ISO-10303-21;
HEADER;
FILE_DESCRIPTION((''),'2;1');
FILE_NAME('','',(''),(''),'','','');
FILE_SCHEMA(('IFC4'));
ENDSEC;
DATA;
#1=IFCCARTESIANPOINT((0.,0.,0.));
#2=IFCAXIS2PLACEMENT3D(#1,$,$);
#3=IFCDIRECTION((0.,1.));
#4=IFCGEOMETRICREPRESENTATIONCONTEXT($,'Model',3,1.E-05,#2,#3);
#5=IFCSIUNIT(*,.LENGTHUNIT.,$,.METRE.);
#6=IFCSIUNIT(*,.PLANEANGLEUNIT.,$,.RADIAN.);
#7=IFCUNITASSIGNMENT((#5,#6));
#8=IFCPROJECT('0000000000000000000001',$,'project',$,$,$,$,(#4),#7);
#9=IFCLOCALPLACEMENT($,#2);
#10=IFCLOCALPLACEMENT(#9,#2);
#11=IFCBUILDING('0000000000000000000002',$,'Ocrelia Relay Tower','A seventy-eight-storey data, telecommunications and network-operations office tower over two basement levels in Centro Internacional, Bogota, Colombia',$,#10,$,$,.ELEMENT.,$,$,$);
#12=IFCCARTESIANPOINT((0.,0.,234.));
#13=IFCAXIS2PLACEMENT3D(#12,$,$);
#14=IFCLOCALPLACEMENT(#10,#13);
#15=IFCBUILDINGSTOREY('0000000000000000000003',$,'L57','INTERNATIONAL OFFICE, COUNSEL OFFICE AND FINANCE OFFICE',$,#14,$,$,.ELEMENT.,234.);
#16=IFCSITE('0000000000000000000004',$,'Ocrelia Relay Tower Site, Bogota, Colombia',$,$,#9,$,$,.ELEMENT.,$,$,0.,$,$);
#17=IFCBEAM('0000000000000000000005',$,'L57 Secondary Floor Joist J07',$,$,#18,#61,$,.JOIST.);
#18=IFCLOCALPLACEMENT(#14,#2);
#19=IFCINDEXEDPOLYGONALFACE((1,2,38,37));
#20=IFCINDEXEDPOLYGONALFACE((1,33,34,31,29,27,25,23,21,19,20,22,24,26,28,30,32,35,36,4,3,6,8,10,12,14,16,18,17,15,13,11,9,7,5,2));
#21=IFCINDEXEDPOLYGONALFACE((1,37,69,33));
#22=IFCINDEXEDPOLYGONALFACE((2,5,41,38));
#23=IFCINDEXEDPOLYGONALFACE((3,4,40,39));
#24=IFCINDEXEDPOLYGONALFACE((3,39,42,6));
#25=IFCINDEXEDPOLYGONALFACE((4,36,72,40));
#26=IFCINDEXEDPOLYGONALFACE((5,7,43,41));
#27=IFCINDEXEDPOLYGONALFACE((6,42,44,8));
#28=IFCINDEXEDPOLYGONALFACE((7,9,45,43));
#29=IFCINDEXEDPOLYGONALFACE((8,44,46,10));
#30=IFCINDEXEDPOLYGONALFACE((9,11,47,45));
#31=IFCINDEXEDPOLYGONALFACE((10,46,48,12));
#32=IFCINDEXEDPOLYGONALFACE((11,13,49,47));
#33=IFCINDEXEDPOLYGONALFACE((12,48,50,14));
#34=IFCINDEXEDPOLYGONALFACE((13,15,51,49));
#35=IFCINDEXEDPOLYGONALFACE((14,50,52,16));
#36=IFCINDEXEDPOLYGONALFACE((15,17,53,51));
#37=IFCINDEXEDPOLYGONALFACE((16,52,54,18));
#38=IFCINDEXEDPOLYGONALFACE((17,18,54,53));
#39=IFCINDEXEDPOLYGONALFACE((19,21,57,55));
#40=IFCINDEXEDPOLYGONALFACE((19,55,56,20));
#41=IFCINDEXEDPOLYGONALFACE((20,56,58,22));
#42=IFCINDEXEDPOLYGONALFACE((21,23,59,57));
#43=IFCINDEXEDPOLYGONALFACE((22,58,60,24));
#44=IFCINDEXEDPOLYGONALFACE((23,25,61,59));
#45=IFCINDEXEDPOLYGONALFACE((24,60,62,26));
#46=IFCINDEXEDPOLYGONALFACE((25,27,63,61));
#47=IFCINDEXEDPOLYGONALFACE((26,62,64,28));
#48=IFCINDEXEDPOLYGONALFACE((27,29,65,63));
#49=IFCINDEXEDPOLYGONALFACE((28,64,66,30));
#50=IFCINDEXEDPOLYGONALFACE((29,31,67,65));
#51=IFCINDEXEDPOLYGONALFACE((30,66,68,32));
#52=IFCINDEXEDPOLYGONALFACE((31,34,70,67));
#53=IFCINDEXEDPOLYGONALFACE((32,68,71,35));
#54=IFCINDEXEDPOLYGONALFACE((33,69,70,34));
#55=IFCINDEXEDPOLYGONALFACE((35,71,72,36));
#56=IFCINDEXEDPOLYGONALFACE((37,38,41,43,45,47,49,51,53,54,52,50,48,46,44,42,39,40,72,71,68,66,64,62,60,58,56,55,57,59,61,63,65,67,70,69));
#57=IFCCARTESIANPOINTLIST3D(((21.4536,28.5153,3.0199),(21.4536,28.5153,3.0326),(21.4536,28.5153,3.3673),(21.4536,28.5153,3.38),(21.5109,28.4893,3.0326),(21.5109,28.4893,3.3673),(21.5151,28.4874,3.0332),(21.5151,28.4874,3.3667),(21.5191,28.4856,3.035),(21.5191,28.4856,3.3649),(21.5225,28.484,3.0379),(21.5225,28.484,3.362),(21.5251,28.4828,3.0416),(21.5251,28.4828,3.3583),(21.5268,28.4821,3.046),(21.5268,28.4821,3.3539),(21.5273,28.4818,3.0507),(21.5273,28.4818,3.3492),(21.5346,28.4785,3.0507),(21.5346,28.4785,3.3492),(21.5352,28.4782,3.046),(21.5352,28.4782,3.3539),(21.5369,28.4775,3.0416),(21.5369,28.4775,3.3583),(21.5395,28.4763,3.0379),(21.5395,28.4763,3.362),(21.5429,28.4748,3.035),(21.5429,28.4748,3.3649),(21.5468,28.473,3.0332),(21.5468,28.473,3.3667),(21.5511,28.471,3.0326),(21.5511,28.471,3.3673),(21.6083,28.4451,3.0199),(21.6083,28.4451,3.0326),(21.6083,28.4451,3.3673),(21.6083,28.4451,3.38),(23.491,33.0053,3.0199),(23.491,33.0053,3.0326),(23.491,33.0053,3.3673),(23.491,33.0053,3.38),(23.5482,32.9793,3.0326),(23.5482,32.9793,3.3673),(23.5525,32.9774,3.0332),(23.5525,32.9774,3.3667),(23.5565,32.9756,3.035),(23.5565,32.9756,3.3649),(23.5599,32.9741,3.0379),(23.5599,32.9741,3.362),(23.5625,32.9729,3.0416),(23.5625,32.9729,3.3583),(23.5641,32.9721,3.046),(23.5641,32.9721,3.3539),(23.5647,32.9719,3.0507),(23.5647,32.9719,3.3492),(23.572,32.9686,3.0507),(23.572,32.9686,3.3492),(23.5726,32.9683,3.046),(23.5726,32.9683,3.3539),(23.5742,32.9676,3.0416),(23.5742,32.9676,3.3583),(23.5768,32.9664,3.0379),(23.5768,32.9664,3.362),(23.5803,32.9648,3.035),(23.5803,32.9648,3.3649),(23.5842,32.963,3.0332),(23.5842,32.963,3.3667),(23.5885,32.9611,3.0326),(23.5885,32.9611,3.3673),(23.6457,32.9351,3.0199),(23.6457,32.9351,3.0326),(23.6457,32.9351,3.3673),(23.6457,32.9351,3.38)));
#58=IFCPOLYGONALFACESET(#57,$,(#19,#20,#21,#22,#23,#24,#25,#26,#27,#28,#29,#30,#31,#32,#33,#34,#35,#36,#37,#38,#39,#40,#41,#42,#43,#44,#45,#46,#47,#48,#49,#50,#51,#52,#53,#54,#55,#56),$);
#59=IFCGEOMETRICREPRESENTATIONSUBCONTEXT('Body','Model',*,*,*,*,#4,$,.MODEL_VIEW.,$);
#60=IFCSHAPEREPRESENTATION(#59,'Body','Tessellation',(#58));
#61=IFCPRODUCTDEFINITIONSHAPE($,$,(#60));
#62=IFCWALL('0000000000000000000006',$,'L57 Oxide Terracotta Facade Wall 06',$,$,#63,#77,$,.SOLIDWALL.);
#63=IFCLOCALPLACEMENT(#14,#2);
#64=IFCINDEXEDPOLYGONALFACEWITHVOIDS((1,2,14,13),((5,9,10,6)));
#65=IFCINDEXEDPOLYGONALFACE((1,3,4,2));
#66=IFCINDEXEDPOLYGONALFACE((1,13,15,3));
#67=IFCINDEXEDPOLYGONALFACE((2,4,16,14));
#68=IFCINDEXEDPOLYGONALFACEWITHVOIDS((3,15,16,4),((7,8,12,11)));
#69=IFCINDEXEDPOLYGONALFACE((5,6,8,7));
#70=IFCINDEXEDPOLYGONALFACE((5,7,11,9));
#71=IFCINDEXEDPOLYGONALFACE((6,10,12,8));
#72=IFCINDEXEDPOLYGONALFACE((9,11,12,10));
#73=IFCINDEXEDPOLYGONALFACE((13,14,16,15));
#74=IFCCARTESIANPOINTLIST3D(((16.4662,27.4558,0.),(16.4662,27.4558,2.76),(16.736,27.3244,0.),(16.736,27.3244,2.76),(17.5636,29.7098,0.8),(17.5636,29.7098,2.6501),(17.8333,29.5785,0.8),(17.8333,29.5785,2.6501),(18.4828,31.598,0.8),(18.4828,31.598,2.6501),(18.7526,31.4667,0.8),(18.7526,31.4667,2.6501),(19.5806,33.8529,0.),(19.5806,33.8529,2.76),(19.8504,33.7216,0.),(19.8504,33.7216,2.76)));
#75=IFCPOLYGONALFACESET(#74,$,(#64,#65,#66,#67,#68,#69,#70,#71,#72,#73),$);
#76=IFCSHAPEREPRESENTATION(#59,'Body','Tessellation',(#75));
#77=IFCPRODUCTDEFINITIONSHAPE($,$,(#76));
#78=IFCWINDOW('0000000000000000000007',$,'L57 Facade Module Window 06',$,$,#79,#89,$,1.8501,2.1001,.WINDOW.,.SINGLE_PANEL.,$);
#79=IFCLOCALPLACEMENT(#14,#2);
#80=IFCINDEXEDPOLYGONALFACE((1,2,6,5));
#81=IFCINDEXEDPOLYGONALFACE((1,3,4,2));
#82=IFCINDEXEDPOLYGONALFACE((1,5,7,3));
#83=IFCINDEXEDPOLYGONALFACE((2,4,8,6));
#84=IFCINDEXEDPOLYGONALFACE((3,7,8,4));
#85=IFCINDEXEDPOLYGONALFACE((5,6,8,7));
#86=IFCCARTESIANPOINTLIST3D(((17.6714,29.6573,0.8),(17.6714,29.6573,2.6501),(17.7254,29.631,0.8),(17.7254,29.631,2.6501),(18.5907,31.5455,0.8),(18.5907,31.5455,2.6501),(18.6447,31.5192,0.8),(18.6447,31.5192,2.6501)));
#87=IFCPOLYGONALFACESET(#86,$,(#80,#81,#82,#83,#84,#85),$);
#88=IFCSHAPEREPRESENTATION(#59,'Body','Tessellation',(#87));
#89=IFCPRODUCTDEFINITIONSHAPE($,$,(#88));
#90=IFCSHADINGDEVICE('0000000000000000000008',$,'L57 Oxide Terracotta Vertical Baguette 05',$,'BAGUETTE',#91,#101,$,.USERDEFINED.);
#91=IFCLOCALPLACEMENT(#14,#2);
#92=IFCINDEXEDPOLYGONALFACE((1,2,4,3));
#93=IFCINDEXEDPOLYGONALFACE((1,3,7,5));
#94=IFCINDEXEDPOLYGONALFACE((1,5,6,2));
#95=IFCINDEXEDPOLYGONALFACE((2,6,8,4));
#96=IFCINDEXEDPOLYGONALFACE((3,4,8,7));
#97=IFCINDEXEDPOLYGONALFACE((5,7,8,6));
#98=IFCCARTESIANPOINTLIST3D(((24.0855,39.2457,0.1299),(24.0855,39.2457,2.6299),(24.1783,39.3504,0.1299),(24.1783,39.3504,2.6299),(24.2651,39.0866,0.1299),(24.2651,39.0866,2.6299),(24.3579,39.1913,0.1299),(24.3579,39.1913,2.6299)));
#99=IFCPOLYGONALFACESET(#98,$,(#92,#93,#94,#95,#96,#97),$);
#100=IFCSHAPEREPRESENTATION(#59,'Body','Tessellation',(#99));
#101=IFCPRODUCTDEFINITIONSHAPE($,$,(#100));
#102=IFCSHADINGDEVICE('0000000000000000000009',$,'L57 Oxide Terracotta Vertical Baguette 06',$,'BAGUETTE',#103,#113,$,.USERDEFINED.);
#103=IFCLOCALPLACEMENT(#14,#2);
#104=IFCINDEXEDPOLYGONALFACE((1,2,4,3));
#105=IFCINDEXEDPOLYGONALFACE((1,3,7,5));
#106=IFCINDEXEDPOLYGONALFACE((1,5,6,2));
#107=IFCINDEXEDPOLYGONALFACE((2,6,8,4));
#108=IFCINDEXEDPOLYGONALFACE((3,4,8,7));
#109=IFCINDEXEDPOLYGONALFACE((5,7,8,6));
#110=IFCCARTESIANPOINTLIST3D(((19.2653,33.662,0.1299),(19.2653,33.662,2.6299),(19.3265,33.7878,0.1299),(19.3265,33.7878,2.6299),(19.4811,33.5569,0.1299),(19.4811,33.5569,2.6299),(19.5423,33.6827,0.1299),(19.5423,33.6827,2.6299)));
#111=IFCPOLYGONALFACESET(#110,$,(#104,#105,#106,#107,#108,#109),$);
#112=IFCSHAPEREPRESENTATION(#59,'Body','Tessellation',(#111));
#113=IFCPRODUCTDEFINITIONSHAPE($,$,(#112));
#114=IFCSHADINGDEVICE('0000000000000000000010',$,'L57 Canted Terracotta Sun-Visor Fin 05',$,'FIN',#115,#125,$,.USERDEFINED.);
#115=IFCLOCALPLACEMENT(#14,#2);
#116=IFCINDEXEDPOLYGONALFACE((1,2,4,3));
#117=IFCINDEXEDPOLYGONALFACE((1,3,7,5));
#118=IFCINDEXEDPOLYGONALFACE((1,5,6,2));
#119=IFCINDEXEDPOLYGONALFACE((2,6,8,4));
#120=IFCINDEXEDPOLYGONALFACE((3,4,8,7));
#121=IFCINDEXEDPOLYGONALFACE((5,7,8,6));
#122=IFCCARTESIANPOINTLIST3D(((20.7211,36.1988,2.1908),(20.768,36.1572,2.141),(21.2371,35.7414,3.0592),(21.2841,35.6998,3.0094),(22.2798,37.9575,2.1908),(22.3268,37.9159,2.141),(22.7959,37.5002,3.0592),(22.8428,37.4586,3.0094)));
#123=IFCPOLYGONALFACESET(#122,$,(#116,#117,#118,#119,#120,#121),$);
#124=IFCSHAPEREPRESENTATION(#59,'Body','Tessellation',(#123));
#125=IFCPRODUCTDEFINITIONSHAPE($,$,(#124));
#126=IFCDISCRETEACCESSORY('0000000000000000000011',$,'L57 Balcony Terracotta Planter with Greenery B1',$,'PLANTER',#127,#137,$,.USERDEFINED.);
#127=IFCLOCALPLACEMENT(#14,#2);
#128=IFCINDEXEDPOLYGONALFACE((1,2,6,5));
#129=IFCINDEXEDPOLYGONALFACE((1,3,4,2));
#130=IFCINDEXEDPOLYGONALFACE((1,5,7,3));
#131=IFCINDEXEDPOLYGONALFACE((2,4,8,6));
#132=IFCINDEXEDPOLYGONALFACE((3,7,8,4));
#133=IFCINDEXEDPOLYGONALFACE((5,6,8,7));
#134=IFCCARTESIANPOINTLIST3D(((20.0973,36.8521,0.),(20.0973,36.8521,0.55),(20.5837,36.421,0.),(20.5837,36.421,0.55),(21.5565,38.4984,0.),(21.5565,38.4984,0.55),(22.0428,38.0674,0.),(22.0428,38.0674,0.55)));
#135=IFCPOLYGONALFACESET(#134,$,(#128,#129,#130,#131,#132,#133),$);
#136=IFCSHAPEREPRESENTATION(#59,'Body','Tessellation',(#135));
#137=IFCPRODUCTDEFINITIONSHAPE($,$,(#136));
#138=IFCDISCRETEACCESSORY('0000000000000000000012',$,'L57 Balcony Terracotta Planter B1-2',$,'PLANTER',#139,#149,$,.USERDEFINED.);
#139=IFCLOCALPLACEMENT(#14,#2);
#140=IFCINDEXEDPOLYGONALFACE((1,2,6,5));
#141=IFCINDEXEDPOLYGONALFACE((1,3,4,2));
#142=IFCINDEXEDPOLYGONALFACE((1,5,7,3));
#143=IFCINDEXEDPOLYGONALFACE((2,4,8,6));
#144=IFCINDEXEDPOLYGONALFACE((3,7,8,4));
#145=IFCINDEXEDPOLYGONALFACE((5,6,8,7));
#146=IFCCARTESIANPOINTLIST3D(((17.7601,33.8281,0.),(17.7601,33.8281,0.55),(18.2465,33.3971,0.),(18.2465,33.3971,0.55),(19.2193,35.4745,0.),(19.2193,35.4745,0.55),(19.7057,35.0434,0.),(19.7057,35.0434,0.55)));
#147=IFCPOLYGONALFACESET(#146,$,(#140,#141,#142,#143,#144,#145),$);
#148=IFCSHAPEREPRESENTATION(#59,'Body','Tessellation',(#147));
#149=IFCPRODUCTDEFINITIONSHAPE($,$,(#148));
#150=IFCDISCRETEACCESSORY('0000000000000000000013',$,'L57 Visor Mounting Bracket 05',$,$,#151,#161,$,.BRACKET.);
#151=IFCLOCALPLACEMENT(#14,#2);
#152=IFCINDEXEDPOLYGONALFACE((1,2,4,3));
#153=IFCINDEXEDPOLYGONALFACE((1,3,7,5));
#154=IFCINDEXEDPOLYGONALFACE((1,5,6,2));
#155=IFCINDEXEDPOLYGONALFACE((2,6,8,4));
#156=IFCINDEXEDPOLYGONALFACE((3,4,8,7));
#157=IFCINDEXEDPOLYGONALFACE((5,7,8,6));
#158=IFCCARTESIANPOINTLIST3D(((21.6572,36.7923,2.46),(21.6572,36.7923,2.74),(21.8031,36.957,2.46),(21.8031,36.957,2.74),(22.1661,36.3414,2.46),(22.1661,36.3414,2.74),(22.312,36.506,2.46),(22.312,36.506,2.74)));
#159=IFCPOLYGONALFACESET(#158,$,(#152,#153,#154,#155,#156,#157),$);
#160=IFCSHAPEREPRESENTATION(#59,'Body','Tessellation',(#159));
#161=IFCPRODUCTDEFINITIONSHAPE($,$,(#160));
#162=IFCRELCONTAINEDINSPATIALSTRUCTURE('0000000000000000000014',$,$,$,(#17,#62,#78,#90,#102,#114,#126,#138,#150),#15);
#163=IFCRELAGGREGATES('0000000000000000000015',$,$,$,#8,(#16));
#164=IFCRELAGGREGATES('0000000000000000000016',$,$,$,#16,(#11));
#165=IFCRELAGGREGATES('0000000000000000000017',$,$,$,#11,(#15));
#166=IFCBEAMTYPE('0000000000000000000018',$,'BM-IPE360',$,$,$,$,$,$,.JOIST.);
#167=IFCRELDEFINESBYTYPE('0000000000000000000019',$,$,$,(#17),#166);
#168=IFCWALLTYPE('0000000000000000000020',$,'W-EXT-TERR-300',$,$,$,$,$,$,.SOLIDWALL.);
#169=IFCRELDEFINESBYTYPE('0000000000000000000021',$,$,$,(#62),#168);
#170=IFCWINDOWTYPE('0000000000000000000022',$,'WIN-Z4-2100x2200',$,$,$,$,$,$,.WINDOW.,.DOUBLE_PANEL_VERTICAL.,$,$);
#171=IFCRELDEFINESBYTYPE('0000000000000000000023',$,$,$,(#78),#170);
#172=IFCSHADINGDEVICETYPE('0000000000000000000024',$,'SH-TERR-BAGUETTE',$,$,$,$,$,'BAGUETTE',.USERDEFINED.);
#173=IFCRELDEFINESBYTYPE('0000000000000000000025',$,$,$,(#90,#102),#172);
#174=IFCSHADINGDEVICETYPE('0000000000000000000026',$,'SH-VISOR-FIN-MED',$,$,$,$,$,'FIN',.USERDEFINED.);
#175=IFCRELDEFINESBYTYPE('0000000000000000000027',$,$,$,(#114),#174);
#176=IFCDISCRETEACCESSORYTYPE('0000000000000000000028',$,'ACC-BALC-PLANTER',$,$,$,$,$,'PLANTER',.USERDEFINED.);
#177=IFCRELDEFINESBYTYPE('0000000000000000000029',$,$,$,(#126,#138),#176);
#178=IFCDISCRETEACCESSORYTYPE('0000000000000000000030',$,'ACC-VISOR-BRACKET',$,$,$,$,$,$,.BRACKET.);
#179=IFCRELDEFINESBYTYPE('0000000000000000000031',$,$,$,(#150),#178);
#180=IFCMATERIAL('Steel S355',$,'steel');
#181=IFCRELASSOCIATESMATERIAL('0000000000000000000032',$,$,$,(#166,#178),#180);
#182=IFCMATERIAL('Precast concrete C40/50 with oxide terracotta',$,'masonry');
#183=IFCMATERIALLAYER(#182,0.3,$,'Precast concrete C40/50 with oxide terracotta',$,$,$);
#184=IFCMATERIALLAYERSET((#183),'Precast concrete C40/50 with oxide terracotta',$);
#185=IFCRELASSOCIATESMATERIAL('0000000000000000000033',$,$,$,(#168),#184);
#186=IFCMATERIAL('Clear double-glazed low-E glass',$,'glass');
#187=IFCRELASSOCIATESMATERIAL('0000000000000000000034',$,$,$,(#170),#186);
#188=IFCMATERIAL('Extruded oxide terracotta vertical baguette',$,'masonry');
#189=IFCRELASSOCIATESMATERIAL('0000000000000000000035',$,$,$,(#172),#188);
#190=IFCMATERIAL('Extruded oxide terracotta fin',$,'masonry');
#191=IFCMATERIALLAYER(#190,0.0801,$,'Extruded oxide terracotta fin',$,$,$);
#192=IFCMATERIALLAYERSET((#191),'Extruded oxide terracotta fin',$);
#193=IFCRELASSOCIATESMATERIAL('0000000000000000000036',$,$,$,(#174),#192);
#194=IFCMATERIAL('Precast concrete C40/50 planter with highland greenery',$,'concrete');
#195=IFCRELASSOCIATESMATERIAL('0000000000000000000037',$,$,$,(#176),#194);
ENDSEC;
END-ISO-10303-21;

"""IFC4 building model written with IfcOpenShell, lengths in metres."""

from ifc_helpers import new_model, si_unit, direction, frame, frame_2d, origin, origin_2d, place, context, subcontext, project, spatial, rectangle, i_section, extrude, material, layer, layer_set, material_profile, profile_set, type_object, element, fill, save


model = new_model("IFC4")

# Units and contexts
model_context = context("Model", 3, precision=1e-05, world=origin(), true_north=direction((0.0, 1.0)))
body_context = subcontext(model_context, "Body", "Model", "MODEL_VIEW")
ifc_project = project(units=[si_unit("LENGTHUNIT", "METRE"), si_unit("PLANEANGLEUNIT", "RADIAN")], contexts=[model_context])

# Site, building, storey
site_placement = place(None, origin())
site = spatial("IfcSite", under=ifc_project, at=site_placement, Name="Ocrelia Relay Tower Site, Bogota, Colombia", CompositionType="ELEMENT", RefElevation=0.0)
building_placement = place(site_placement, origin())
building = spatial("IfcBuilding", under=site, at=building_placement, Name="Ocrelia Relay Tower", Description="A seventy-eight-storey data, telecommunications and network-operations office tower over two basement levels in Centro Internacional, Bogota, Colombia", CompositionType="ELEMENT")
storey_placement = place(building_placement, frame((0.0, 0.0, 234.0)))
storey = spatial("IfcBuildingStorey", under=building, at=storey_placement, Name="L57", Description="INTERNATIONAL OFFICE, COUNSEL OFFICE AND FINANCE OFFICE", CompositionType="ELEMENT", Elevation=234.0)

# Beam
ifc_material_1 = material(Name="Steel S355", Category="steel")
ifc_material_profile_1 = material_profile(ifc_material_1, i_section(OverallWidth=0.1699, OverallDepth=0.3601, WebThickness=0.0081, FlangeThickness=0.0127, FilletRadius=0.0181, at=origin_2d()), Name="IPE 360")
ifc_profile_set_1 = profile_set([ifc_material_profile_1], Name="Steel S355")
beam_type_1 = type_object("IfcBeamType", Name="BM-IPE360", PredefinedType="JOIST", material=ifc_profile_set_1)
beam_1_placement = place(storey_placement, frame((23.5684, 32.9702, 3.2), z_axis=(-0.413206, -0.910638, 0.0), x_axis=(0.910638, -0.413206, 0.0)))
element("IfcBeam", 1, at=beam_1_placement, inside=storey, type_object=beam_type_1, Name="L57 Secondary Floor Joist J07", PredefinedType="JOIST", context=body_context, shape_type="SweptSolid", body=[
    extrude(i_section(OverallWidth=0.1699, OverallDepth=0.3601, WebThickness=0.0081, FlangeThickness=0.0127, FilletRadius=0.0181, at=origin_2d()), origin(), (0.0, 0.0, 1.0), 4.9307),
])

# Shared definitions
ifc_material_2 = material(Name="Precast concrete C40/50 with oxide terracotta", Category="masonry")
ifc_layer_1 = layer(ifc_material_2, 0.3, Name="Precast concrete C40/50 with oxide terracotta")
ifc_layer_set_1 = layer_set([ifc_layer_1], Name="Precast concrete C40/50 with oxide terracotta")
wall_type = type_object("IfcWallType", Name="W-EXT-TERR-300", PredefinedType="SOLIDWALL", material=ifc_layer_set_1)

# Wall, opening, window
wall_1_placement = place(storey_placement, frame((19.7156, 33.7874, 0.0), z_axis=(0.0, 0.0, 1.0), x_axis=(-0.437732, -0.899106, 0.0)))
wall_1 = element("IfcWall", 2, at=wall_1_placement, inside=storey, type_object=wall_type, Name="L57 Oxide Terracotta Facade Wall 06", PredefinedType="SOLIDWALL", context=body_context, shape_type="SweptSolid", body=[
    extrude(rectangle(XDim=7.115, YDim=0.3, at=frame_2d((3.5576, 0.0))), origin(), (0.0, 0.0, 1.0), 2.76),
])
opening_1_placement = place(wall_1_placement, frame((2.5081, 0.0, 0.8)))
opening_1 = element("IfcOpeningElement", 3, at=opening_1_placement, cuts=wall_1, PredefinedType="OPENING", context=body_context, shape_type="SweptSolid", body=[
    extrude(rectangle(XDim=2.1001, YDim=1.8501, at=frame_2d((1.05, 0.925))), frame((0.0, 0.1602, 0.0), z_axis=(0.0, -1.0, 0.0), x_axis=(1.0, 0.0, 0.0)), (0.0, 0.0, 1.0), 0.3201),
])
ifc_material_3 = material(Name="Clear double-glazed low-E glass", Category="glass")
window_type = type_object("IfcWindowType", Name="WIN-Z4-2100x2200", PartitioningType="DOUBLE_PANEL_VERTICAL", PredefinedType="WINDOW", material=ifc_material_3)
window_placement = place(opening_1_placement, origin())
window = element("IfcWindow", 4, at=window_placement, inside=storey, type_object=window_type, Name="L57 Facade Module Window 06", OverallHeight=1.8501, OverallWidth=2.1001, PartitioningType="SINGLE_PANEL", PredefinedType="WINDOW", context=body_context, shape_type="SweptSolid", body=[
    extrude(rectangle(XDim=2.1001, YDim=1.8501, at=frame_2d((1.05, 0.925))), frame((0.0, 0.03, 0.0), z_axis=(0.0, -1.0, 0.0), x_axis=(1.0, 0.0, 0.0)), (0.0, 0.0, 1.0), 0.0601),
])
fill(opening_1, window)

# Shading devices
ifc_material_4 = material(Name="Extruded oxide terracotta vertical baguette", Category="masonry")
shading_device_type_1 = type_object("IfcShadingDeviceType", Name="SH-TERR-BAGUETTE", ElementType="BAGUETTE", PredefinedType="USERDEFINED", material=ifc_material_4)
for number, where, z_axis, x_axis, name in (
    (5, (24.2217, 39.2185, 0.1299), (0.0, 0.0, 1.0), (-0.663272, -0.748378, 0.0), "L57 Oxide Terracotta Vertical Baguette 05"),
    (6, (19.4038, 33.6724, 0.1299), (0.0, 0.0, 1.0), (-0.437727, -0.899108, 0.0), "L57 Oxide Terracotta Vertical Baguette 06"),
):
    element("IfcShadingDevice", number, at=place(storey_placement, frame(where, z_axis=z_axis, x_axis=x_axis)), inside=storey, type_object=shading_device_type_1, Name=name, ObjectType="BAGUETTE", PredefinedType="USERDEFINED", context=body_context, shape_type="SweptSolid", body=[
        extrude(rectangle(XDim=0.1399, YDim=0.24, at=origin_2d()), origin(), (0.0, 0.0, 1.0), 2.5),
    ])
ifc_material_5 = material(Name="Extruded oxide terracotta fin", Category="masonry")
ifc_layer_2 = layer(ifc_material_5, 0.0801, Name="Extruded oxide terracotta fin")
ifc_layer_set_2 = layer_set([ifc_layer_2], Name="Extruded oxide terracotta fin")
shading_device_type_2 = type_object("IfcShadingDeviceType", Name="SH-VISOR-FIN-MED", ElementType="FIN", PredefinedType="USERDEFINED", material=ifc_layer_set_2)
shading_device_placement = place(storey_placement, frame((21.8054, 36.8079, 2.5752), z_axis=(-0.586093, 0.519442, 0.621831), x_axis=(-0.663272, -0.748378, 0.0)))
element("IfcShadingDevice", 7, at=shading_device_placement, inside=storey, type_object=shading_device_type_2, Name="L57 Canted Terracotta Sun-Visor Fin 05", ObjectType="FIN", PredefinedType="USERDEFINED", context=body_context, shape_type="SweptSolid", body=[
    extrude(rectangle(XDim=2.3501, YDim=1.1089, at=origin_2d()), origin(), (0.0, 0.0, 1.0), 0.0801),
])

# Discrete accessories
ifc_material_6 = material(Name="Precast concrete C40/50 planter with highland greenery", Category="concrete")
discrete_accessory_type_1 = type_object("IfcDiscreteAccessoryType", Name="ACC-BALC-PLANTER", ElementType="PLANTER", PredefinedType="USERDEFINED", material=ifc_material_6)
for number, where, z_axis, x_axis, name in (
    (8, (21.0701, 37.4597, 0.0), (0.0, 0.0, 1.0), (0.663283, 0.748369, 0.0), "L57 Balcony Terracotta Planter with Greenery B1"),
    (9, (18.7329, 34.4358, 0.0), (0.0, 0.0, 1.0), (0.663283, 0.748369, 0.0), "L57 Balcony Terracotta Planter B1-2"),
):
    element("IfcDiscreteAccessory", number, at=place(storey_placement, frame(where, z_axis=z_axis, x_axis=x_axis)), inside=storey, type_object=discrete_accessory_type_1, Name=name, ObjectType="PLANTER", PredefinedType="USERDEFINED", context=body_context, shape_type="SweptSolid", body=[
        extrude(rectangle(XDim=2.2, YDim=0.6499, at=origin_2d()), origin(), (0.0, 0.0, 1.0), 0.55),
    ])
discrete_accessory_type_2 = type_object("IfcDiscreteAccessoryType", Name="ACC-VISOR-BRACKET", PredefinedType="BRACKET", material=ifc_material_1)
discrete_accessory_placement = place(storey_placement, frame((21.9846, 36.6492, 2.46), z_axis=(0.0, 0.0, 1.0), x_axis=(-0.663272, -0.748378, 0.0)))
element("IfcDiscreteAccessory", 10, at=discrete_accessory_placement, inside=storey, type_object=discrete_accessory_type_2, Name="L57 Visor Mounting Bracket 05", PredefinedType="BRACKET", context=body_context, shape_type="SweptSolid", body=[
    extrude(rectangle(XDim=0.22, YDim=0.6799, at=origin_2d()), origin(), (0.0, 0.0, 1.0), 0.28),
])

save(model, "model.ifc")
